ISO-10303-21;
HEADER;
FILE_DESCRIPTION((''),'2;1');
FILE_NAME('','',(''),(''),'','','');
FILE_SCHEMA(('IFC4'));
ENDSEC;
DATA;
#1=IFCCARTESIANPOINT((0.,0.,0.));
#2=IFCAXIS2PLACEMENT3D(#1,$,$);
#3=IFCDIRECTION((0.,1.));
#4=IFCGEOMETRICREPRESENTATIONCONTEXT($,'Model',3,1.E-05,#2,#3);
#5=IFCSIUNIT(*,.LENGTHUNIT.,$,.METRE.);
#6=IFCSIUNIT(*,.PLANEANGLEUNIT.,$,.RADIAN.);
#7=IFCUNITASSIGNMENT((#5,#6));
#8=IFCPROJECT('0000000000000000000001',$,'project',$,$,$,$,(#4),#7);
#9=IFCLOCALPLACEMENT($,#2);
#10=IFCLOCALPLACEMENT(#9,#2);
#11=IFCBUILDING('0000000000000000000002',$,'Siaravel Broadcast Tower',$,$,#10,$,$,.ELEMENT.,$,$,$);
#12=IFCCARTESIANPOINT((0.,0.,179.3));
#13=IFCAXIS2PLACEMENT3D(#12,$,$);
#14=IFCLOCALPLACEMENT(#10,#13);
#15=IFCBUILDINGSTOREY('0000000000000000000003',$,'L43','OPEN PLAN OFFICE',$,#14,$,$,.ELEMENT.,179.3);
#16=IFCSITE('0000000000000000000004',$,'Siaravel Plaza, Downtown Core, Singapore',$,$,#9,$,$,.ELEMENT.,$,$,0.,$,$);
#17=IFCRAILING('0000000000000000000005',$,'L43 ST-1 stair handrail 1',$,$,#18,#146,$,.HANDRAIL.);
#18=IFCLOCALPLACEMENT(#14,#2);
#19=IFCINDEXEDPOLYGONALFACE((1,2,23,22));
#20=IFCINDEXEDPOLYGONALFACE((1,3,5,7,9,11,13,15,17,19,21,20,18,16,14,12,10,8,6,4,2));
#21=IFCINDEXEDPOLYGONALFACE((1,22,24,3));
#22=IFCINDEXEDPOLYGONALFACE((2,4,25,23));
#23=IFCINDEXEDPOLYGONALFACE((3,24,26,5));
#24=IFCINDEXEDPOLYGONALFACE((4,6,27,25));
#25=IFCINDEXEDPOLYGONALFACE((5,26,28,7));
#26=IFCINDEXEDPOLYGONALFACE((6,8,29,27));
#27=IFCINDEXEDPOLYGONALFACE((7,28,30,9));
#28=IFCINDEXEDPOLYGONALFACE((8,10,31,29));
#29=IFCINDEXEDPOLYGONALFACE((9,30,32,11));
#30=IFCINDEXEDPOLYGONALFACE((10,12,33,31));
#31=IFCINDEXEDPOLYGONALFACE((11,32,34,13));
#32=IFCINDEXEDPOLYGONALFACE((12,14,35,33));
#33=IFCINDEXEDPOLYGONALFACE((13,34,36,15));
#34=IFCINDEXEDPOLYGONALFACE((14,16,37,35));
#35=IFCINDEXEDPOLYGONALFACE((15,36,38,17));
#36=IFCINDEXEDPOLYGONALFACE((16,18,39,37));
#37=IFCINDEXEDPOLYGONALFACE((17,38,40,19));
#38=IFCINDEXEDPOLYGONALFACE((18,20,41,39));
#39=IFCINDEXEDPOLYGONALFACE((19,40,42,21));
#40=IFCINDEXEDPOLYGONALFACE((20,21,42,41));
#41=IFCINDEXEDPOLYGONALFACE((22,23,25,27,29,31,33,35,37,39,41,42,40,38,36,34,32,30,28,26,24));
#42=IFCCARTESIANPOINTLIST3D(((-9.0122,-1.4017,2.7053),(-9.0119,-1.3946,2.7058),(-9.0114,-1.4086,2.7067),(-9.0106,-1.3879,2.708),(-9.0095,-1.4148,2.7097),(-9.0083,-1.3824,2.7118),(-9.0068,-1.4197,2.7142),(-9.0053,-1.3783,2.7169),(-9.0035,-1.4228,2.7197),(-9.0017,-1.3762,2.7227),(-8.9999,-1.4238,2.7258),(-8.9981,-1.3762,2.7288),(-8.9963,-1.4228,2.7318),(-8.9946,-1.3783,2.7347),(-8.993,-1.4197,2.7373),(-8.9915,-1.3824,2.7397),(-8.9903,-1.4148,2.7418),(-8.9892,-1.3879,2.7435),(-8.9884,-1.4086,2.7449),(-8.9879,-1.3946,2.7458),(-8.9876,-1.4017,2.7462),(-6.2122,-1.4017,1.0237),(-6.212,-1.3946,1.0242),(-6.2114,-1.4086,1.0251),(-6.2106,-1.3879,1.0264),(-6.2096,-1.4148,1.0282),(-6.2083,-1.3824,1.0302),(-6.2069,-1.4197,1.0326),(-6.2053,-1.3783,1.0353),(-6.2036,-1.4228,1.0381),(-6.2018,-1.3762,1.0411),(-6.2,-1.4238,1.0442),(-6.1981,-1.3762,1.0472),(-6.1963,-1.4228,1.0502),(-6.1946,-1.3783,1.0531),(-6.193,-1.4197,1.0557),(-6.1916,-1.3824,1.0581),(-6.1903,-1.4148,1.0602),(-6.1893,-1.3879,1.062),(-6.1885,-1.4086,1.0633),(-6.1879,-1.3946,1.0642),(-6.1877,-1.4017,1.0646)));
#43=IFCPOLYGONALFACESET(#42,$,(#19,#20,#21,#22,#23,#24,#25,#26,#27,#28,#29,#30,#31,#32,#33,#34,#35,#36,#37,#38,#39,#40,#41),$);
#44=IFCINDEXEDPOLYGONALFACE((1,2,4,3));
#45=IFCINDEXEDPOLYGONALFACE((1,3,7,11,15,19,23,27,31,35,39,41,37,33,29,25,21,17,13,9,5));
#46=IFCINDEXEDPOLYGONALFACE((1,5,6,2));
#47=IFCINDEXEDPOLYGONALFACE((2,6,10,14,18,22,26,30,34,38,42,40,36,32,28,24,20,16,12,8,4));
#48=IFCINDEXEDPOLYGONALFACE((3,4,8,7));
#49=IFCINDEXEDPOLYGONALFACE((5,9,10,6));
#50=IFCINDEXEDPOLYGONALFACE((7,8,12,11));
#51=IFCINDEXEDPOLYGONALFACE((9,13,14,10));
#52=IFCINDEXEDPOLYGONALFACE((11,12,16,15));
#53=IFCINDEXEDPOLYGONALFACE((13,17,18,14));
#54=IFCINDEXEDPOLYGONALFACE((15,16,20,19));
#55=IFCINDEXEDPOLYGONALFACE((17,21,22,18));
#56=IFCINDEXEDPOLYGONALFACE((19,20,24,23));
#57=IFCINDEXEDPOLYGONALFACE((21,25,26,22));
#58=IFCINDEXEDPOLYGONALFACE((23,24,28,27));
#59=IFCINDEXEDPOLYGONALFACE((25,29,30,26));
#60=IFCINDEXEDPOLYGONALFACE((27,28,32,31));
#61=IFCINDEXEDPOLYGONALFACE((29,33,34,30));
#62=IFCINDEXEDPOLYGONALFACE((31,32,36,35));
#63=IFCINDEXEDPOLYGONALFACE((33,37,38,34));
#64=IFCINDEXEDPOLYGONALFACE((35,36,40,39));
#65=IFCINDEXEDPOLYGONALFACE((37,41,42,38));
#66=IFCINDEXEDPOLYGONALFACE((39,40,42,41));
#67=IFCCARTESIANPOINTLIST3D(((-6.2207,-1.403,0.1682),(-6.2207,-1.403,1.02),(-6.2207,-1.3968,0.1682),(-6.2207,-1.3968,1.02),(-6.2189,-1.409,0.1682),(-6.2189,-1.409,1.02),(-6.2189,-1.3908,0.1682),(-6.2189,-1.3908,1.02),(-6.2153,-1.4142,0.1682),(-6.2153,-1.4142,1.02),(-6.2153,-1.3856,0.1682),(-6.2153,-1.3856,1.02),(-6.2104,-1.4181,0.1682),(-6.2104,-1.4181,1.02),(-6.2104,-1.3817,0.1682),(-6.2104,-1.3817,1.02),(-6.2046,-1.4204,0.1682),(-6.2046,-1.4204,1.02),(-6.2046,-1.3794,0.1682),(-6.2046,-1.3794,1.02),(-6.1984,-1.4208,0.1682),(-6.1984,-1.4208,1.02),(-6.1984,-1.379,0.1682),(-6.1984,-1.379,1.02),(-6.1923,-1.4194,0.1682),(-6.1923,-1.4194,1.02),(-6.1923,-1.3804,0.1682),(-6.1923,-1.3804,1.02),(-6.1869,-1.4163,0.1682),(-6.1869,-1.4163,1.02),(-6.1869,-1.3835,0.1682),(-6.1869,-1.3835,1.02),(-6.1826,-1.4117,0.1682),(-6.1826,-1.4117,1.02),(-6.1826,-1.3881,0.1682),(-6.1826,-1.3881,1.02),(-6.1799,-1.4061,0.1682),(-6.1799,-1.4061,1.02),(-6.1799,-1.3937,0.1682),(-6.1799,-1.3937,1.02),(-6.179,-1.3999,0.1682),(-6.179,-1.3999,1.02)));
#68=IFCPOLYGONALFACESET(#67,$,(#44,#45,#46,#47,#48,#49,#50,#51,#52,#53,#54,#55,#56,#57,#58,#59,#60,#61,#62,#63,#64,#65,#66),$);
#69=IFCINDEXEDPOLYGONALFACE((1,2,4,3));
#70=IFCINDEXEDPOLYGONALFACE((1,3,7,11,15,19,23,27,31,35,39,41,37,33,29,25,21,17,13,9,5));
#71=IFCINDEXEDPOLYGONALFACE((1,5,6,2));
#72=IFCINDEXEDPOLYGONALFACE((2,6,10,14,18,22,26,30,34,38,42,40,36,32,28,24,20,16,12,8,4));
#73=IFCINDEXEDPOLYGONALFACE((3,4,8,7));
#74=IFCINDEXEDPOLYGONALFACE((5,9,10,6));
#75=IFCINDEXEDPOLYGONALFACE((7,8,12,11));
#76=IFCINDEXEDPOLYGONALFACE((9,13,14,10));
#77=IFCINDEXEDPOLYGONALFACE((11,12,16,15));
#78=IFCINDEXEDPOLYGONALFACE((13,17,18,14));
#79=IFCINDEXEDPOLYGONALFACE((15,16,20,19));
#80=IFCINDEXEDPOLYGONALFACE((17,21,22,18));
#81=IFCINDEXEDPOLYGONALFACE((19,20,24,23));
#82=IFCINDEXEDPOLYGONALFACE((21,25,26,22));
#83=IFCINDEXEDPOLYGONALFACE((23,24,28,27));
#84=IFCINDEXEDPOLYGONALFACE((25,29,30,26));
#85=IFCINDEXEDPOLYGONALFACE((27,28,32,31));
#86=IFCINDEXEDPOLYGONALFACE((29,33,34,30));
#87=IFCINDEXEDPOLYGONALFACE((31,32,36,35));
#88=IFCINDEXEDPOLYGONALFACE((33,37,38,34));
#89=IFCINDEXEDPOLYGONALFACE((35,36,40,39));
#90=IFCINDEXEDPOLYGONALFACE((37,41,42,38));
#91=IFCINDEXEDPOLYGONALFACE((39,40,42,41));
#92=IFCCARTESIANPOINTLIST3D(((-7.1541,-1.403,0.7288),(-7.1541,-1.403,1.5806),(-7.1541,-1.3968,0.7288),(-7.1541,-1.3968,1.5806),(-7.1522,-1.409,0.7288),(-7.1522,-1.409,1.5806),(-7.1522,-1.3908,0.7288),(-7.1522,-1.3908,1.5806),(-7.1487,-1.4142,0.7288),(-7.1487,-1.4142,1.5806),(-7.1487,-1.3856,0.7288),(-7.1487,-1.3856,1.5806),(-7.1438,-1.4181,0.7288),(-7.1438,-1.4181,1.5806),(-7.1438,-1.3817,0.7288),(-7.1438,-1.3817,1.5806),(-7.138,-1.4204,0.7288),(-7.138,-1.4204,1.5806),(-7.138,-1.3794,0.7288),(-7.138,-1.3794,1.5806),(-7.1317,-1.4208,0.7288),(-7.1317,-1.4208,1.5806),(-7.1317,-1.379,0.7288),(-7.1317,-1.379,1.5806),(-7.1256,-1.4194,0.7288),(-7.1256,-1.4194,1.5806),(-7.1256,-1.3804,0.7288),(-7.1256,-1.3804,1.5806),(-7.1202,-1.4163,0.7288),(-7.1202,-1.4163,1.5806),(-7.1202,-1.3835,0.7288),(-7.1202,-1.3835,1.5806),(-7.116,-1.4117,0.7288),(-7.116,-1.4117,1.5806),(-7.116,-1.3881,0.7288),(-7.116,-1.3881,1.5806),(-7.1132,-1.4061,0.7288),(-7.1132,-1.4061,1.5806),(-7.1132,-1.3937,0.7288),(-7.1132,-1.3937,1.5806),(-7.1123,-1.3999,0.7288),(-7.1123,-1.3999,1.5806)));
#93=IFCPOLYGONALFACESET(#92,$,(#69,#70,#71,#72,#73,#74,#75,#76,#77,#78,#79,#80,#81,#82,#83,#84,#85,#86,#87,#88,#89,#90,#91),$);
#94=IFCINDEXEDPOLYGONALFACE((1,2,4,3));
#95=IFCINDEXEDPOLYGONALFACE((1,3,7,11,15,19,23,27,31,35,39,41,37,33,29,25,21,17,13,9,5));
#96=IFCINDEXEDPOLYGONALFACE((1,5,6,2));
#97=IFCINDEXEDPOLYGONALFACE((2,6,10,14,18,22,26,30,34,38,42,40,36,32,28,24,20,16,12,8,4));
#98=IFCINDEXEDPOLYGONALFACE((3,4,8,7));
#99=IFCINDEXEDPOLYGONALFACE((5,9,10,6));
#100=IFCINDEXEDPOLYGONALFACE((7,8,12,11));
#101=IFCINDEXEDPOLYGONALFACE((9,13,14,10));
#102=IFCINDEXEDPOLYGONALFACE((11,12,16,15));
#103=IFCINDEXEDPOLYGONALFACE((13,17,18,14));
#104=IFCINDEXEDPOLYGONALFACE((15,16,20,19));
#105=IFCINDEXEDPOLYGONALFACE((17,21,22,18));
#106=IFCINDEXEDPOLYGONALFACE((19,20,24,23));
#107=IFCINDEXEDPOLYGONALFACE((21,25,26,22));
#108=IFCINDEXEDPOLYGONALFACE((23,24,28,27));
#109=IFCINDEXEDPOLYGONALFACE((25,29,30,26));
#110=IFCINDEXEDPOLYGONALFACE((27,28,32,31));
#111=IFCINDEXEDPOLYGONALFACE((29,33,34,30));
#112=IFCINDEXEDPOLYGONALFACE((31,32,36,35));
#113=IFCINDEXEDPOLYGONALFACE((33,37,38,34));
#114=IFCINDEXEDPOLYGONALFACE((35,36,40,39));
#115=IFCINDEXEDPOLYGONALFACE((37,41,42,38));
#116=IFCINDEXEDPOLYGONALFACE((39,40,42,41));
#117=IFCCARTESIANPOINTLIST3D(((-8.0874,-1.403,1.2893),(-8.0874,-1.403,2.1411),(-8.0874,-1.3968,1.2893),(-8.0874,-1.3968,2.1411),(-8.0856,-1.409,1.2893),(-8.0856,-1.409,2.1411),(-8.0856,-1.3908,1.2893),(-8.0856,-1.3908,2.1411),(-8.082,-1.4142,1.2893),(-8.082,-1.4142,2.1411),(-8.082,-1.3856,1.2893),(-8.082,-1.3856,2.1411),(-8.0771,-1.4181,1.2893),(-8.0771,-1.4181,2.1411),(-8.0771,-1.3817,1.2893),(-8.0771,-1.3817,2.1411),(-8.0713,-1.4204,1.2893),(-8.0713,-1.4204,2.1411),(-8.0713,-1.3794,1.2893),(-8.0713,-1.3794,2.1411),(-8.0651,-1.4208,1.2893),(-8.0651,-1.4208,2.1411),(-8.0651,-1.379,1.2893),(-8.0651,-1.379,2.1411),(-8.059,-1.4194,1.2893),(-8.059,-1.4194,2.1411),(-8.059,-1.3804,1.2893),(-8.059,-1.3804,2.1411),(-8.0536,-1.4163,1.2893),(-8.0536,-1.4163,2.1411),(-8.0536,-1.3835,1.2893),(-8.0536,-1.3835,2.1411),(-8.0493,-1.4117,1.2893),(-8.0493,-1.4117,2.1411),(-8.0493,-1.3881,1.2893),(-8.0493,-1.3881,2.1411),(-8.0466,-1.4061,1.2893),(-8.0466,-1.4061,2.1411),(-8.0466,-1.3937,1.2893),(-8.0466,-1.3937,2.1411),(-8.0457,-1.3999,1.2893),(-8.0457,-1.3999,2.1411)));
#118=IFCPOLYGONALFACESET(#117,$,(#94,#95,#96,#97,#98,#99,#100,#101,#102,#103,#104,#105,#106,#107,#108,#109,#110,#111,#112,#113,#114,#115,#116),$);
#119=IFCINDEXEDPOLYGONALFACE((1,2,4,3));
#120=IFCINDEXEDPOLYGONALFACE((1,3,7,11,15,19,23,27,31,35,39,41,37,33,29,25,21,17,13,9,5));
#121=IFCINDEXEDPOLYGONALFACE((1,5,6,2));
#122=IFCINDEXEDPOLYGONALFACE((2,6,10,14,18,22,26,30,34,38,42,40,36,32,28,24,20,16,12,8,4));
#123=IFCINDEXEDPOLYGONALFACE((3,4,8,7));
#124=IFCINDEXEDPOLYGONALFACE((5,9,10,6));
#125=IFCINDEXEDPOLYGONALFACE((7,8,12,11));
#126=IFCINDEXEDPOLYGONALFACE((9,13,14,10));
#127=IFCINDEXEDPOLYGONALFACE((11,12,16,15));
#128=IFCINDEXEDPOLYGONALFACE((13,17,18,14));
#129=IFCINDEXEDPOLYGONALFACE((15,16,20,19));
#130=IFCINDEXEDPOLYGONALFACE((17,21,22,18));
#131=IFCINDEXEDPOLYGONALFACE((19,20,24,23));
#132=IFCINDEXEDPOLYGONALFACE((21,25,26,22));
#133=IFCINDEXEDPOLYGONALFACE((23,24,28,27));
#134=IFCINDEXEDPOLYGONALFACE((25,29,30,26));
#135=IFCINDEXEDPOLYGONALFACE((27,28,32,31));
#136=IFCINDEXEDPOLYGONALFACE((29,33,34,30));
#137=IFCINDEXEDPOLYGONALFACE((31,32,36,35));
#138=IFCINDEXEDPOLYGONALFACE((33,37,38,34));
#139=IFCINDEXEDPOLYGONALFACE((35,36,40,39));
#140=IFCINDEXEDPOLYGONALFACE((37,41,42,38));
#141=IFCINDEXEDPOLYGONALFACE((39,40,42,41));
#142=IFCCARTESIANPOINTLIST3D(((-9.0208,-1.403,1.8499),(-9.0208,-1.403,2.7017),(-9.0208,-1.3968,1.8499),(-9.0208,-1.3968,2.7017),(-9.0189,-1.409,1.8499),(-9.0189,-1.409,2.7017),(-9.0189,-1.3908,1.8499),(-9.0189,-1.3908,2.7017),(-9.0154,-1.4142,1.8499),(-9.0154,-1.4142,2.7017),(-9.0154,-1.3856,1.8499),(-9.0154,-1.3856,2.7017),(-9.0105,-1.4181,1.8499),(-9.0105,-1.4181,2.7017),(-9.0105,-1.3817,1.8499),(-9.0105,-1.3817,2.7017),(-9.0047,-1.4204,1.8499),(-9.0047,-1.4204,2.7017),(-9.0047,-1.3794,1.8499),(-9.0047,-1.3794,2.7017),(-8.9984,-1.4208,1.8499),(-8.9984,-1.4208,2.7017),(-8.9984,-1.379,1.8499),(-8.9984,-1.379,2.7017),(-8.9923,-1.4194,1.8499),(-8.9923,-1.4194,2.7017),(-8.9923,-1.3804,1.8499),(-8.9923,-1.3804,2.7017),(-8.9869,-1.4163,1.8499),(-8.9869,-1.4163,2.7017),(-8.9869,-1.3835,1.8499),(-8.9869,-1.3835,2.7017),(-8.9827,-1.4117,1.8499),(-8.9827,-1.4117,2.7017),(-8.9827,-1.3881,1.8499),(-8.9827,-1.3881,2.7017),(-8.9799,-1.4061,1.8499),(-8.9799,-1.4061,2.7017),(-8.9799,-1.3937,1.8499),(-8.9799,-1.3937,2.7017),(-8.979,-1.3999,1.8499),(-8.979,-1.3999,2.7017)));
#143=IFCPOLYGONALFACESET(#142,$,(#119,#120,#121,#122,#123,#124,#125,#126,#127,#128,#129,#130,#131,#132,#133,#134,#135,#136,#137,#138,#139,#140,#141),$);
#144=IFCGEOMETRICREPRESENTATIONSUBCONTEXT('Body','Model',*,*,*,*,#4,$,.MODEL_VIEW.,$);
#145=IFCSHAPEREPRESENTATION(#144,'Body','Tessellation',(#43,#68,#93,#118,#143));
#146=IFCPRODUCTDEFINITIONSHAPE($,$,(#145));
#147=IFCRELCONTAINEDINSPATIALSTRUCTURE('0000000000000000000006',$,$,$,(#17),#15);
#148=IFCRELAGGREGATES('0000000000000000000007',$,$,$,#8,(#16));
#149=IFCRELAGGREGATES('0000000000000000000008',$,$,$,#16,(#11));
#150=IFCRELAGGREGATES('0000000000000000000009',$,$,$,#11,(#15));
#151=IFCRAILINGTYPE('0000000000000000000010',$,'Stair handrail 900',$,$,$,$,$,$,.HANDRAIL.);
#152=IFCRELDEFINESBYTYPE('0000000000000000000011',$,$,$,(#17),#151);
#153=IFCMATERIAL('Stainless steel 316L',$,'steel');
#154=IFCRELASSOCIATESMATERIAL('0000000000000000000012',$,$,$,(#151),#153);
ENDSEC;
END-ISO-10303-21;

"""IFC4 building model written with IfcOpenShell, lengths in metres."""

from ifc_helpers import new_model, si_unit, direction, frame, origin, origin_2d, place, context, subcontext, project, spatial, circle, extrude, material, type_object, element, save


model = new_model("IFC4")

# Units and contexts
model_context = context("Model", 3, precision=1e-05, world=origin(), true_north=direction((0.0, 1.0)))
body_context = subcontext(model_context, "Body", "Model", "MODEL_VIEW")
ifc_project = project(units=[si_unit("LENGTHUNIT", "METRE"), si_unit("PLANEANGLEUNIT", "RADIAN")], contexts=[model_context])

# Site, building, storey
site_placement = place(None, origin())
site = spatial("IfcSite", under=ifc_project, at=site_placement, Name="Siaravel Plaza, Downtown Core, Singapore", CompositionType="ELEMENT", RefElevation=0.0)
building_placement = place(site_placement, origin())
building = spatial("IfcBuilding", under=site, at=building_placement, Name="Siaravel Broadcast Tower", CompositionType="ELEMENT")
storey_placement = place(building_placement, frame((0.0, 0.0, 179.3)))
storey = spatial("IfcBuildingStorey", under=building, at=storey_placement, Name="L43", Description="OPEN PLAN OFFICE", CompositionType="ELEMENT", Elevation=179.3)

# Railing
ifc_material_1 = material(Name="Stainless steel 316L", Category="steel")
railing_type_1 = type_object("IfcRailingType", Name="Stair handrail 900", PredefinedType="HANDRAIL", material=ifc_material_1)
railing_1_placement = place(storey_placement, frame((-6.2, -1.3999, 0.1682)))
element("IfcRailing", 1, at=railing_1_placement, inside=storey, type_object=railing_type_1, Name="L43 ST-1 stair handrail 1", PredefinedType="HANDRAIL", context=body_context, shape_type="SweptSolid", body=[
    extrude(circle(Radius=0.0239, at=origin_2d()), frame((0.0, 0.0, 0.876), z_axis=(-0.857275, 0.0, 0.514858), x_axis=(0.0, -1.0, 0.0)), (0.0, 0.0, 1.0), 3.2661),
    extrude(circle(Radius=0.021, at=origin_2d()), origin(), (0.0, 0.0, 1.0), 0.8518),
    extrude(circle(Radius=0.021, at=origin_2d()), frame((-0.9333, 0.0, 0.5605)), (0.0, 0.0, 1.0), 0.8518),
    extrude(circle(Radius=0.021, at=origin_2d()), frame((-1.8667, 0.0, 1.1211)), (0.0, 0.0, 1.0), 0.8518),
    extrude(circle(Radius=0.021, at=origin_2d()), frame((-2.8, 0.0, 1.6816)), (0.0, 0.0, 1.0), 0.8518),
])

save(model, "model.ifc")
